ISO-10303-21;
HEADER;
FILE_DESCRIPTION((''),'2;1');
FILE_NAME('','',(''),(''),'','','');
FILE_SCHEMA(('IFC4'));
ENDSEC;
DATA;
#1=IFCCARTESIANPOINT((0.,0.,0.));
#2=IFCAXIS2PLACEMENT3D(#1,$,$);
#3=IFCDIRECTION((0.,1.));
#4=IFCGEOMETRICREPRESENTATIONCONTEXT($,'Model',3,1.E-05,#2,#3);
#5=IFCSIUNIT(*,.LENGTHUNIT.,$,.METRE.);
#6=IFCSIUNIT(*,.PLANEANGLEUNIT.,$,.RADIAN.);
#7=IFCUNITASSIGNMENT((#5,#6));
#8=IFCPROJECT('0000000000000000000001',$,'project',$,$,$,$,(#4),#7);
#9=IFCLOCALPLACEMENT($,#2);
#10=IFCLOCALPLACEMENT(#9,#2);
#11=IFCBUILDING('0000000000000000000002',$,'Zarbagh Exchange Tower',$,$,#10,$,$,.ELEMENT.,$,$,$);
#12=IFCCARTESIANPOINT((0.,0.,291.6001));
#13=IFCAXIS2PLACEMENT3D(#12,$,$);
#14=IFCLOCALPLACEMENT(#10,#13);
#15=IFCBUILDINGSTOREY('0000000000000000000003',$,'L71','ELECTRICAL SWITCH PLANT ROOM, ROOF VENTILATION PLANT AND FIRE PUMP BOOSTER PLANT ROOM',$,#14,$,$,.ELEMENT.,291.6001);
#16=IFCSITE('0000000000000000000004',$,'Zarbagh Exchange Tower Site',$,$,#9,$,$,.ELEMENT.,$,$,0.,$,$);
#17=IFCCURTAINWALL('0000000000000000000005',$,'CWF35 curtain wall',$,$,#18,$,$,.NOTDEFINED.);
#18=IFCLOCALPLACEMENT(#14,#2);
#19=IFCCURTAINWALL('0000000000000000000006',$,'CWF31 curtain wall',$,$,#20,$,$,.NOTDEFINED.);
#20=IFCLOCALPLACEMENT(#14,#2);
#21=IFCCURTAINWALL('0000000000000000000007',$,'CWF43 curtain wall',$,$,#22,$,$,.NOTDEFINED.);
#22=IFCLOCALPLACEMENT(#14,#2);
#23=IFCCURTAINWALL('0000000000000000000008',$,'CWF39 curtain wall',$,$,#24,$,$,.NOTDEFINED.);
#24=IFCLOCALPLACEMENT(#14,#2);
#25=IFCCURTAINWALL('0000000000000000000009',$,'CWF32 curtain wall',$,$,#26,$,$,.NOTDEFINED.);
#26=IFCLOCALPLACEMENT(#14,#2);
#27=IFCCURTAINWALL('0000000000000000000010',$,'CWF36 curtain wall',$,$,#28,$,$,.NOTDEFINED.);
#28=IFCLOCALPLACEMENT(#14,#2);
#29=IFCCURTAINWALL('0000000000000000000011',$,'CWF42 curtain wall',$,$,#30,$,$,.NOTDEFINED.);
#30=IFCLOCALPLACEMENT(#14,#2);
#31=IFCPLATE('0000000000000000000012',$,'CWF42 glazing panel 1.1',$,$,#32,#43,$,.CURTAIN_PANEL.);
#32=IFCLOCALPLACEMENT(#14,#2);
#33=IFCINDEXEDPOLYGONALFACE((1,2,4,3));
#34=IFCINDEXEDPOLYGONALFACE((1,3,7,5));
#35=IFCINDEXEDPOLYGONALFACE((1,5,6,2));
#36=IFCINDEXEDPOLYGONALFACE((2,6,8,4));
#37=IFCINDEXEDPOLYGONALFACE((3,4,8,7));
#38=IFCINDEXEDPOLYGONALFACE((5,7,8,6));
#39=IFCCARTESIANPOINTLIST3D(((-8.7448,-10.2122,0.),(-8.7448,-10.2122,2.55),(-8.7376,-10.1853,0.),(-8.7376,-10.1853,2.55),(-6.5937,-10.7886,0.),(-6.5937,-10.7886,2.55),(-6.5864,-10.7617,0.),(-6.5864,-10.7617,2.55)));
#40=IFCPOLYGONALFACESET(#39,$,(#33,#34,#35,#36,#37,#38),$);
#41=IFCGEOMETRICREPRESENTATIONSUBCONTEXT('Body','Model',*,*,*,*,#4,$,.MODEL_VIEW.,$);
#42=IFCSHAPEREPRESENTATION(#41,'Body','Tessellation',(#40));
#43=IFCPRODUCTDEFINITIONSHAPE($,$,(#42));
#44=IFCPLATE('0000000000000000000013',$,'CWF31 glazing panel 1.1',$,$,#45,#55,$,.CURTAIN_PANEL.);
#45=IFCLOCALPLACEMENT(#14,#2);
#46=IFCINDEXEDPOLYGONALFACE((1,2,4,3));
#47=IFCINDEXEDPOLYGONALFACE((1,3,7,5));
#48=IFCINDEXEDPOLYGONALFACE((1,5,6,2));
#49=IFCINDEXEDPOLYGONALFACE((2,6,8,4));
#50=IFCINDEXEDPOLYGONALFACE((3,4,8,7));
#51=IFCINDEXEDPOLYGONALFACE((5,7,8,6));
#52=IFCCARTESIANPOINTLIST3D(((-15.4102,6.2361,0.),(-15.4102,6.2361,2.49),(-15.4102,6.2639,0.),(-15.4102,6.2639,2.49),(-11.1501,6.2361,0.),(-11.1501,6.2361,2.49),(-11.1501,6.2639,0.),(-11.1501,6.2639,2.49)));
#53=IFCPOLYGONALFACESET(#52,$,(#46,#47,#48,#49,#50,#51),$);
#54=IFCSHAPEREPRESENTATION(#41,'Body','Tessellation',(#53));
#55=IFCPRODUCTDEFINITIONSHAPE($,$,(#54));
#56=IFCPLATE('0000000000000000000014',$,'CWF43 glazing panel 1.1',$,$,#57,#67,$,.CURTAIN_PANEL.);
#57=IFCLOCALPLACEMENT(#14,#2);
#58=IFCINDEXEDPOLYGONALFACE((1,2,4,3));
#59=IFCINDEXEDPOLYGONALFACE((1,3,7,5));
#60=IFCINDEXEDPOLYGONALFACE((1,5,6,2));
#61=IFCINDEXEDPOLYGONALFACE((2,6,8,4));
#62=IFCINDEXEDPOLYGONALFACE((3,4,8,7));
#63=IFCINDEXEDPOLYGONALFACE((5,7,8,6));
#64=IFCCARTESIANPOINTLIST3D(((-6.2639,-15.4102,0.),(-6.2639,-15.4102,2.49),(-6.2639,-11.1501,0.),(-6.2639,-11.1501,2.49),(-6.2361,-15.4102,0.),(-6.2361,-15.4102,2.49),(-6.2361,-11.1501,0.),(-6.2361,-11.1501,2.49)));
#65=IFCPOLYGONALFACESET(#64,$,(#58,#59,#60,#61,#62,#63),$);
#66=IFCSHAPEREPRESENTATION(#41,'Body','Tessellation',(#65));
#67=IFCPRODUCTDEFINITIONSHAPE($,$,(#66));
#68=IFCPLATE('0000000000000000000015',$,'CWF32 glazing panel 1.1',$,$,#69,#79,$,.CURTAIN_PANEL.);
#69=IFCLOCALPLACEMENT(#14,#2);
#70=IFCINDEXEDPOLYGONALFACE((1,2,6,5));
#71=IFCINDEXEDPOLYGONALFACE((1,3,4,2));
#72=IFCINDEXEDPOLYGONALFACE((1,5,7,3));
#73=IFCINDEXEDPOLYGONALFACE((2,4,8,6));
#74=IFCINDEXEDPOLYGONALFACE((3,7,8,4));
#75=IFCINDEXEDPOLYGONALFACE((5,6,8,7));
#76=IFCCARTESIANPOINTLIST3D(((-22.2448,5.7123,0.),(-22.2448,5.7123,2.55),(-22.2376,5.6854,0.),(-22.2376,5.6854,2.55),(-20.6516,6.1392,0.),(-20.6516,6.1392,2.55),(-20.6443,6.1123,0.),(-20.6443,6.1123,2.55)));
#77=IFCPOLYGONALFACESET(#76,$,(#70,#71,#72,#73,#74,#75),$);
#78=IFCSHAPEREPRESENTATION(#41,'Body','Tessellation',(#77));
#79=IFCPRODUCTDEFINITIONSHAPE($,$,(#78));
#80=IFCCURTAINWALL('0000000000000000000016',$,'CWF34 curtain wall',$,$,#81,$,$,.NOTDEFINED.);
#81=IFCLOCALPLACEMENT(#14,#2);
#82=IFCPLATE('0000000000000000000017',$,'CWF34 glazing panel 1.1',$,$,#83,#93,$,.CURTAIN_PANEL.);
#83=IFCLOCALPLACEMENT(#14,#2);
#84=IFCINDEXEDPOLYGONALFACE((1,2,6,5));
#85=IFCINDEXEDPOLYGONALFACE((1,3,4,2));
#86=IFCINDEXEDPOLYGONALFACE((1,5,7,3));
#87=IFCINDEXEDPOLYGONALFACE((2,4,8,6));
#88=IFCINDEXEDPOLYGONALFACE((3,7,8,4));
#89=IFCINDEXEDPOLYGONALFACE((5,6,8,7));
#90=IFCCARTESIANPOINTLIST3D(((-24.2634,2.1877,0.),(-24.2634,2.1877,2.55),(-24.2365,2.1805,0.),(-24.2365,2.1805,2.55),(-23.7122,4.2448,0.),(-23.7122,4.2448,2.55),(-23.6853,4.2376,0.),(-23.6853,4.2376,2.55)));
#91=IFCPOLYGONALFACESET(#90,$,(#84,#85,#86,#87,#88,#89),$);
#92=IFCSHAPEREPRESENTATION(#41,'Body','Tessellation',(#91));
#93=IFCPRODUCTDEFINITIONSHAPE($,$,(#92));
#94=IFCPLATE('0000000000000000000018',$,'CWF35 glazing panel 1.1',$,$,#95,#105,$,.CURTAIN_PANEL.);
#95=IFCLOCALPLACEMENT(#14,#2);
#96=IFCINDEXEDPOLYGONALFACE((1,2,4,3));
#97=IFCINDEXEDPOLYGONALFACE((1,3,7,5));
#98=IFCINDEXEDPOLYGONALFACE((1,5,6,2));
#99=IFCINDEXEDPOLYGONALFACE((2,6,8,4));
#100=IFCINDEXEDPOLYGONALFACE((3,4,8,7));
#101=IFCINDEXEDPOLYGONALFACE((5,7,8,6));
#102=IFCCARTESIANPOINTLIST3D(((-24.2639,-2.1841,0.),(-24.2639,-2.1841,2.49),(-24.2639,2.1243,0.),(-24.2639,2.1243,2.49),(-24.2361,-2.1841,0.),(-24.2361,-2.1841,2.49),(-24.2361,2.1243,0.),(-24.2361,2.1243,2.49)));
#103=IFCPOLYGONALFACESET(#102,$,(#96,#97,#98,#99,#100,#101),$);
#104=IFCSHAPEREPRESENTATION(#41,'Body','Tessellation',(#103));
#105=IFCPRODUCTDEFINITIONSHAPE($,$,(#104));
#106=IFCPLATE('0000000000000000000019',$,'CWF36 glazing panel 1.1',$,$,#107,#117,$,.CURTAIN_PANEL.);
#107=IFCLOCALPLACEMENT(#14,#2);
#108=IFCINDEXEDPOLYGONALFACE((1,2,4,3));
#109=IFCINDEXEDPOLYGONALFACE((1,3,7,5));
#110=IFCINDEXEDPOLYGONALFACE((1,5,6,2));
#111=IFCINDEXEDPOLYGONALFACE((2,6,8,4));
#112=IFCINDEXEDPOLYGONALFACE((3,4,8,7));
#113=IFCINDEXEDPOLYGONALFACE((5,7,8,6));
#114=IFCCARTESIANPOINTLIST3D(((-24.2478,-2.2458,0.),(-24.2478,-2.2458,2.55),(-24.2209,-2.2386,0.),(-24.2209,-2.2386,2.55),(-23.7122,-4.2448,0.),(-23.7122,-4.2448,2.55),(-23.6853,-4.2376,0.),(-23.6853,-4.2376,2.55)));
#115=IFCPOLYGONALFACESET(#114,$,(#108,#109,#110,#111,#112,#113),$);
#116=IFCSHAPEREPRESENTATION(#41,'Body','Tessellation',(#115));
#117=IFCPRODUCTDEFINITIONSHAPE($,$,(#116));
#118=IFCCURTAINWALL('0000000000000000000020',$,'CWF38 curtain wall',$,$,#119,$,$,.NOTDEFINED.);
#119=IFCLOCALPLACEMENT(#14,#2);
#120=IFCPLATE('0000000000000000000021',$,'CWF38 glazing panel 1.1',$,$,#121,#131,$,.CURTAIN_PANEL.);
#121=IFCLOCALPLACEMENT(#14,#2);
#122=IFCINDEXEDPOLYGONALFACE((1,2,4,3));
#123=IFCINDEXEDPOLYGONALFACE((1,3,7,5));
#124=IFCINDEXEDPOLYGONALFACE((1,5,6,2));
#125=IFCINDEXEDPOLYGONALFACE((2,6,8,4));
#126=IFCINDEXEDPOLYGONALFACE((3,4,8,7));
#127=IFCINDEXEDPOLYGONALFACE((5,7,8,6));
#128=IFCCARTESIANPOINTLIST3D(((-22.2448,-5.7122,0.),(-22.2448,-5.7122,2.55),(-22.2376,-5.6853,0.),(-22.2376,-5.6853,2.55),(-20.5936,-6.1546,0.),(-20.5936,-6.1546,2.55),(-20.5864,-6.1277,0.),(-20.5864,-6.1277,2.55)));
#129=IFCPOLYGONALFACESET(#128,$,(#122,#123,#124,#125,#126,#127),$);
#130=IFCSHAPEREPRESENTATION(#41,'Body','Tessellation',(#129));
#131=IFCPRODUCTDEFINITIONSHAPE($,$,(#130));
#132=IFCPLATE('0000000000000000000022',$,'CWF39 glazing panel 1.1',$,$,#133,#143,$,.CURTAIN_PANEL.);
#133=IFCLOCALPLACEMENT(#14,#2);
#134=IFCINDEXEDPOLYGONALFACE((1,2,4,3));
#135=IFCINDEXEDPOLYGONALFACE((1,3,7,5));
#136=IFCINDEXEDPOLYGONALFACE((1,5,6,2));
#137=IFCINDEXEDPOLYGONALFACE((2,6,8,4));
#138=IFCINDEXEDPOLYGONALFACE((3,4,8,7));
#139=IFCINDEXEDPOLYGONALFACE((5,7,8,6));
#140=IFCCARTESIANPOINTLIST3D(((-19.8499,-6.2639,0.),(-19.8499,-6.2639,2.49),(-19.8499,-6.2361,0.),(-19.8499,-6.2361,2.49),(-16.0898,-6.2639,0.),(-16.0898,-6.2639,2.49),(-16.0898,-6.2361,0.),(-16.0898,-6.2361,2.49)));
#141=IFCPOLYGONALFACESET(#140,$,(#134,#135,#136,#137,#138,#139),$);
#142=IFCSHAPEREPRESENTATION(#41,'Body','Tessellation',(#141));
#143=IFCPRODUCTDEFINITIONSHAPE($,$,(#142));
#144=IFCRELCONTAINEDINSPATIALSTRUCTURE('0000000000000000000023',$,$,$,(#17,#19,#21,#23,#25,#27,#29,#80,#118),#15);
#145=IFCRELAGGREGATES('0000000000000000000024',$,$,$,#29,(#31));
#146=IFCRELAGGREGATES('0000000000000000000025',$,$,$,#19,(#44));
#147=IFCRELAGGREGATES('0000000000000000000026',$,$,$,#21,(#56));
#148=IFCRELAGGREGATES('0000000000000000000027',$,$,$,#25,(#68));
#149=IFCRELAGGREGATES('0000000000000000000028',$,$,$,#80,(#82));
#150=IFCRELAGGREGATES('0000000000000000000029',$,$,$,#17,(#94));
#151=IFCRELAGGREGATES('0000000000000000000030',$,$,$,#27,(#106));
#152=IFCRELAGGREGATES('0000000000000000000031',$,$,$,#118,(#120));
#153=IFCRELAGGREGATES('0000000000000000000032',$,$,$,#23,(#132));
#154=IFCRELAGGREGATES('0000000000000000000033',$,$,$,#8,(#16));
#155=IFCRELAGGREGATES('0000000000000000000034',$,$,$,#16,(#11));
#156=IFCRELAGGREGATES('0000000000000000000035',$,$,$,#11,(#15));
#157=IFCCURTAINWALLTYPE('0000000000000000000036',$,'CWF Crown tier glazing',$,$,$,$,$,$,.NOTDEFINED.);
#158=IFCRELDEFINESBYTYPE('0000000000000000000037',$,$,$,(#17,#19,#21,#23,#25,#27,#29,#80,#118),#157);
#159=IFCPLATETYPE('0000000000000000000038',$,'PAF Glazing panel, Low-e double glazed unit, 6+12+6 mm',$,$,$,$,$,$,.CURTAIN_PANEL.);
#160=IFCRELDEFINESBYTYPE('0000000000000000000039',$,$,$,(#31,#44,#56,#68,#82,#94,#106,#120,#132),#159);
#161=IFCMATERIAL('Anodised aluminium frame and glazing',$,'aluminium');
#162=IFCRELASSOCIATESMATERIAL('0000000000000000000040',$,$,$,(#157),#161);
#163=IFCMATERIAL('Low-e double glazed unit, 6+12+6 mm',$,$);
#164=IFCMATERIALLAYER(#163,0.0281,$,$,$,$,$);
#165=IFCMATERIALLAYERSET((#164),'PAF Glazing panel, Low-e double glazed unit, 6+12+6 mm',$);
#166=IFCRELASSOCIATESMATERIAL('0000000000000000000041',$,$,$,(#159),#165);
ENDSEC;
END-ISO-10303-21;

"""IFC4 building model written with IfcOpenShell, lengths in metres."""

from ifc_helpers import new_model, si_unit, direction, frame, origin, place, context, subcontext, project, spatial, polyline, outline, extrude, source, transform, mapped, material, layer, layer_set, type_object, element, aggregate, save


model = new_model("IFC4")

# Units and contexts
model_context = context("Model", 3, precision=1e-05, world=origin(), true_north=direction((0.0, 1.0)))
body_context = subcontext(model_context, "Body", "Model", "MODEL_VIEW")
ifc_project = project(units=[si_unit("LENGTHUNIT", "METRE"), si_unit("PLANEANGLEUNIT", "RADIAN")], contexts=[model_context])

# Site, building, storey
site_placement = place(None, origin())
site = spatial("IfcSite", under=ifc_project, at=site_placement, Name="Zarbagh Exchange Tower Site", CompositionType="ELEMENT", RefElevation=0.0)
building_placement = place(site_placement, origin())
building = spatial("IfcBuilding", under=site, at=building_placement, Name="Zarbagh Exchange Tower", CompositionType="ELEMENT")
storey_placement = place(building_placement, frame((0.0, 0.0, 291.6001)))
storey = spatial("IfcBuildingStorey", under=building, at=storey_placement, Name="L71", Description="ELECTRICAL SWITCH PLANT ROOM, ROOF VENTILATION PLANT AND FIRE PUMP BOOSTER PLANT ROOM", CompositionType="ELEMENT", Elevation=291.6001)

# Curtain walls
ifc_material_1 = material(Name="Anodised aluminium frame and glazing", Category="aluminium")
curtain_wall_type = type_object("IfcCurtainWallType", Name="CWF Crown tier glazing", PredefinedType="NOTDEFINED", material=ifc_material_1)
curtain_wall_1_placement = place(storey_placement, origin())
curtain_wall_1 = element("IfcCurtainWall", 1, at=curtain_wall_1_placement, inside=storey, type_object=curtain_wall_type, Name="CWF35 curtain wall", PredefinedType="NOTDEFINED")
placement = place(storey_placement, origin())
curtain_wall_2_placement = place(storey_placement, origin())
curtain_wall_2 = element("IfcCurtainWall", 2, at=curtain_wall_2_placement, inside=storey, type_object=curtain_wall_type, Name="CWF31 curtain wall", PredefinedType="NOTDEFINED")
curtain_wall_3_placement = place(storey_placement, origin())
curtain_wall_3 = element("IfcCurtainWall", 3, at=curtain_wall_3_placement, inside=storey, type_object=curtain_wall_type, Name="CWF43 curtain wall", PredefinedType="NOTDEFINED")
curtain_wall_4_placement = place(storey_placement, origin())
curtain_wall_4 = element("IfcCurtainWall", 4, at=curtain_wall_4_placement, inside=storey, type_object=curtain_wall_type, Name="CWF39 curtain wall", PredefinedType="NOTDEFINED")

# Curtain wall
curtain_wall_5_placement = place(storey_placement, origin())
curtain_wall_5 = element("IfcCurtainWall", 5, at=curtain_wall_5_placement, inside=storey, type_object=curtain_wall_type, Name="CWF32 curtain wall", PredefinedType="NOTDEFINED")

# Curtain wall
curtain_wall_6_placement = place(storey_placement, origin())
curtain_wall_6 = element("IfcCurtainWall", 6, at=curtain_wall_6_placement, inside=storey, type_object=curtain_wall_type, Name="CWF36 curtain wall", PredefinedType="NOTDEFINED")

# Shared definitions
ifc_material_2 = material(Name="Low-e double glazed unit, 6+12+6 mm")
ifc_layer = layer(ifc_material_2, 0.0281)
ifc_layer_set = layer_set([ifc_layer], Name="PAF Glazing panel, Low-e double glazed unit, 6+12+6 mm")
plate_type = type_object("IfcPlateType", Name="PAF Glazing panel, Low-e double glazed unit, 6+12+6 mm", PredefinedType="CURTAIN_PANEL", material=ifc_layer_set)

# Curtain wall, plate
shared_shape_1 = source(origin(), body_context, "Body", "SweptSolid", [
    extrude(outline(polyline([(0.0, -0.0139), (2.2271, -0.0139), (2.2271, 0.0139), (0.0, 0.0139), (0.0, -0.0139)])), origin(), (0.0, 0.0, 1.0), 2.55),
])
curtain_wall_7_placement = place(storey_placement, origin())
curtain_wall_7 = element("IfcCurtainWall", 7, at=curtain_wall_7_placement, inside=storey, type_object=curtain_wall_type, Name="CWF42 curtain wall", PredefinedType="NOTDEFINED")
plate_1 = element("IfcPlate", 8, at=placement, type_object=plate_type, Name="CWF42 glazing panel 1.1", PredefinedType="CURTAIN_PANEL", context=body_context, shape_type="MappedRepresentation", body=[
    mapped(shared_shape_1, transform((-8.7412, -10.1987, 0.0), x_axis=(0.965924, -0.258825, 0.0), y_axis=(0.258825, 0.965924, 0.0), z_axis=(0.0, 0.0, 1.0))),
])
aggregate(curtain_wall_7, [plate_1])

# Plates
shared_shape_2 = source(origin(), body_context, "Body", "SweptSolid", [
    extrude(outline(polyline([(0.0, -0.0139), (4.26, -0.0139), (4.26, 0.0139), (0.0, 0.0139), (0.0, -0.0139)])), origin(), (0.0, 0.0, 1.0), 2.49),
])
plate_2 = element("IfcPlate", 9, at=placement, type_object=plate_type, Name="CWF31 glazing panel 1.1", PredefinedType="CURTAIN_PANEL", context=body_context, shape_type="MappedRepresentation", body=[
    mapped(shared_shape_2, transform((-11.1501, 6.25, 0.0), x_axis=(-1.0, 0.0, 0.0), y_axis=(0.0, -1.0, 0.0), z_axis=(0.0, 0.0, 1.0))),
])
aggregate(curtain_wall_2, [plate_2])
plate_3 = element("IfcPlate", 10, at=placement, type_object=plate_type, Name="CWF43 glazing panel 1.1", PredefinedType="CURTAIN_PANEL", context=body_context, shape_type="MappedRepresentation", body=[
    mapped(shared_shape_2, transform((-6.25, -11.1501, 0.0), x_axis=(0.0, -1.0, 0.0), y_axis=(1.0, 0.0, 0.0), z_axis=(0.0, 0.0, 1.0))),
])
aggregate(curtain_wall_3, [plate_3])
shared_shape_3 = source(origin(), body_context, "Body", "SweptSolid", [
    extrude(outline(polyline([(0.0, -0.0139), (1.6494, -0.0139), (1.6494, 0.0139), (0.0, 0.0139), (0.0, -0.0139)])), origin(), (0.0, 0.0, 1.0), 2.55),
])
plate_4 = element("IfcPlate", 11, at=placement, type_object=plate_type, Name="CWF32 glazing panel 1.1", PredefinedType="CURTAIN_PANEL", context=body_context, shape_type="MappedRepresentation", body=[
    mapped(shared_shape_3, transform((-20.6479, 6.1257, 0.0), x_axis=(-0.965924, -0.258825, 0.0), y_axis=(0.258825, -0.965924, 0.0), z_axis=(0.0, 0.0, 1.0))),
])
aggregate(curtain_wall_5, [plate_4])

# Curtain wall, plate
curtain_wall_8_placement = place(storey_placement, origin())
curtain_wall_8 = element("IfcCurtainWall", 12, at=curtain_wall_8_placement, inside=storey, type_object=curtain_wall_type, Name="CWF34 curtain wall", PredefinedType="NOTDEFINED")
shared_shape_4 = source(origin(), body_context, "Body", "SweptSolid", [
    extrude(outline(polyline([(0.0, -0.0139), (2.1296, -0.0139), (2.1296, 0.0139), (0.0, 0.0139), (0.0, -0.0139)])), origin(), (0.0, 0.0, 1.0), 2.55),
])
plate_5 = element("IfcPlate", 13, at=placement, type_object=plate_type, Name="CWF34 glazing panel 1.1", PredefinedType="CURTAIN_PANEL", context=body_context, shape_type="MappedRepresentation", body=[
    mapped(shared_shape_4, transform((-23.6987, 4.2412, 0.0), x_axis=(-0.258825, -0.965924, 0.0), y_axis=(0.965924, -0.258825, 0.0), z_axis=(0.0, 0.0, 1.0))),
])
aggregate(curtain_wall_8, [plate_5])

# Plates
shared_shape_5 = source(origin(), body_context, "Body", "SweptSolid", [
    extrude(outline(polyline([(0.0, -0.0139), (4.3083, -0.0139), (4.3083, 0.0139), (0.0, 0.0139), (0.0, -0.0139)])), origin(), (0.0, 0.0, 1.0), 2.49),
])
plate_6 = element("IfcPlate", 14, at=placement, type_object=plate_type, Name="CWF35 glazing panel 1.1", PredefinedType="CURTAIN_PANEL", context=body_context, shape_type="MappedRepresentation", body=[
    mapped(shared_shape_5, transform((-24.25, 2.1243, 0.0), x_axis=(0.0, -1.0, 0.0), y_axis=(1.0, 0.0, 0.0), z_axis=(0.0, 0.0, 1.0))),
])
aggregate(curtain_wall_1, [plate_6])
shared_shape_6 = source(origin(), body_context, "Body", "SweptSolid", [
    extrude(outline(polyline([(0.0, -0.0139), (2.0696, -0.0139), (2.0696, 0.0139), (0.0, 0.0139), (0.0, -0.0139)])), origin(), (0.0, 0.0, 1.0), 2.55),
])
plate_7 = element("IfcPlate", 15, at=placement, type_object=plate_type, Name="CWF36 glazing panel 1.1", PredefinedType="CURTAIN_PANEL", context=body_context, shape_type="MappedRepresentation", body=[
    mapped(shared_shape_6, transform((-24.2344, -2.2422, 0.0), x_axis=(0.258825, -0.965924, 0.0), y_axis=(0.965924, 0.258825, 0.0), z_axis=(0.0, 0.0, 1.0))),
])
aggregate(curtain_wall_6, [plate_7])

# Curtain wall, plate
curtain_wall_9_placement = place(storey_placement, origin())
curtain_wall_9 = element("IfcCurtainWall", 16, at=curtain_wall_9_placement, inside=storey, type_object=curtain_wall_type, Name="CWF38 curtain wall", PredefinedType="NOTDEFINED")
shared_shape_7 = source(origin(), body_context, "Body", "SweptSolid", [
    extrude(outline(polyline([(0.0, -0.0139), (1.7095, -0.0139), (1.7095, 0.0139), (0.0, 0.0139), (0.0, -0.0139)])), origin(), (0.0, 0.0, 1.0), 2.55),
])
plate_8 = element("IfcPlate", 17, at=placement, type_object=plate_type, Name="CWF38 glazing panel 1.1", PredefinedType="CURTAIN_PANEL", context=body_context, shape_type="MappedRepresentation", body=[
    mapped(shared_shape_7, transform((-22.2412, -5.6987, 0.0), x_axis=(0.965924, -0.258825, 0.0), y_axis=(0.258825, 0.965924, 0.0), z_axis=(0.0, 0.0, 1.0))),
])
aggregate(curtain_wall_9, [plate_8])

# Plate
shared_shape_8 = source(origin(), body_context, "Body", "SweptSolid", [
    extrude(outline(polyline([(0.0, -0.0139), (3.76, -0.0139), (3.76, 0.0139), (0.0, 0.0139), (0.0, -0.0139)])), origin(), (0.0, 0.0, 1.0), 2.49),
])
plate_9 = element("IfcPlate", 18, at=placement, type_object=plate_type, Name="CWF39 glazing panel 1.1", PredefinedType="CURTAIN_PANEL", context=body_context, shape_type="MappedRepresentation", body=[
    mapped(shared_shape_8, transform((-19.8499, -6.25, 0.0), x_axis=(1.0, 0.0, 0.0), y_axis=(0.0, 1.0, 0.0), z_axis=(0.0, 0.0, 1.0))),
])
aggregate(curtain_wall_4, [plate_9])

save(model, "model.ifc")
